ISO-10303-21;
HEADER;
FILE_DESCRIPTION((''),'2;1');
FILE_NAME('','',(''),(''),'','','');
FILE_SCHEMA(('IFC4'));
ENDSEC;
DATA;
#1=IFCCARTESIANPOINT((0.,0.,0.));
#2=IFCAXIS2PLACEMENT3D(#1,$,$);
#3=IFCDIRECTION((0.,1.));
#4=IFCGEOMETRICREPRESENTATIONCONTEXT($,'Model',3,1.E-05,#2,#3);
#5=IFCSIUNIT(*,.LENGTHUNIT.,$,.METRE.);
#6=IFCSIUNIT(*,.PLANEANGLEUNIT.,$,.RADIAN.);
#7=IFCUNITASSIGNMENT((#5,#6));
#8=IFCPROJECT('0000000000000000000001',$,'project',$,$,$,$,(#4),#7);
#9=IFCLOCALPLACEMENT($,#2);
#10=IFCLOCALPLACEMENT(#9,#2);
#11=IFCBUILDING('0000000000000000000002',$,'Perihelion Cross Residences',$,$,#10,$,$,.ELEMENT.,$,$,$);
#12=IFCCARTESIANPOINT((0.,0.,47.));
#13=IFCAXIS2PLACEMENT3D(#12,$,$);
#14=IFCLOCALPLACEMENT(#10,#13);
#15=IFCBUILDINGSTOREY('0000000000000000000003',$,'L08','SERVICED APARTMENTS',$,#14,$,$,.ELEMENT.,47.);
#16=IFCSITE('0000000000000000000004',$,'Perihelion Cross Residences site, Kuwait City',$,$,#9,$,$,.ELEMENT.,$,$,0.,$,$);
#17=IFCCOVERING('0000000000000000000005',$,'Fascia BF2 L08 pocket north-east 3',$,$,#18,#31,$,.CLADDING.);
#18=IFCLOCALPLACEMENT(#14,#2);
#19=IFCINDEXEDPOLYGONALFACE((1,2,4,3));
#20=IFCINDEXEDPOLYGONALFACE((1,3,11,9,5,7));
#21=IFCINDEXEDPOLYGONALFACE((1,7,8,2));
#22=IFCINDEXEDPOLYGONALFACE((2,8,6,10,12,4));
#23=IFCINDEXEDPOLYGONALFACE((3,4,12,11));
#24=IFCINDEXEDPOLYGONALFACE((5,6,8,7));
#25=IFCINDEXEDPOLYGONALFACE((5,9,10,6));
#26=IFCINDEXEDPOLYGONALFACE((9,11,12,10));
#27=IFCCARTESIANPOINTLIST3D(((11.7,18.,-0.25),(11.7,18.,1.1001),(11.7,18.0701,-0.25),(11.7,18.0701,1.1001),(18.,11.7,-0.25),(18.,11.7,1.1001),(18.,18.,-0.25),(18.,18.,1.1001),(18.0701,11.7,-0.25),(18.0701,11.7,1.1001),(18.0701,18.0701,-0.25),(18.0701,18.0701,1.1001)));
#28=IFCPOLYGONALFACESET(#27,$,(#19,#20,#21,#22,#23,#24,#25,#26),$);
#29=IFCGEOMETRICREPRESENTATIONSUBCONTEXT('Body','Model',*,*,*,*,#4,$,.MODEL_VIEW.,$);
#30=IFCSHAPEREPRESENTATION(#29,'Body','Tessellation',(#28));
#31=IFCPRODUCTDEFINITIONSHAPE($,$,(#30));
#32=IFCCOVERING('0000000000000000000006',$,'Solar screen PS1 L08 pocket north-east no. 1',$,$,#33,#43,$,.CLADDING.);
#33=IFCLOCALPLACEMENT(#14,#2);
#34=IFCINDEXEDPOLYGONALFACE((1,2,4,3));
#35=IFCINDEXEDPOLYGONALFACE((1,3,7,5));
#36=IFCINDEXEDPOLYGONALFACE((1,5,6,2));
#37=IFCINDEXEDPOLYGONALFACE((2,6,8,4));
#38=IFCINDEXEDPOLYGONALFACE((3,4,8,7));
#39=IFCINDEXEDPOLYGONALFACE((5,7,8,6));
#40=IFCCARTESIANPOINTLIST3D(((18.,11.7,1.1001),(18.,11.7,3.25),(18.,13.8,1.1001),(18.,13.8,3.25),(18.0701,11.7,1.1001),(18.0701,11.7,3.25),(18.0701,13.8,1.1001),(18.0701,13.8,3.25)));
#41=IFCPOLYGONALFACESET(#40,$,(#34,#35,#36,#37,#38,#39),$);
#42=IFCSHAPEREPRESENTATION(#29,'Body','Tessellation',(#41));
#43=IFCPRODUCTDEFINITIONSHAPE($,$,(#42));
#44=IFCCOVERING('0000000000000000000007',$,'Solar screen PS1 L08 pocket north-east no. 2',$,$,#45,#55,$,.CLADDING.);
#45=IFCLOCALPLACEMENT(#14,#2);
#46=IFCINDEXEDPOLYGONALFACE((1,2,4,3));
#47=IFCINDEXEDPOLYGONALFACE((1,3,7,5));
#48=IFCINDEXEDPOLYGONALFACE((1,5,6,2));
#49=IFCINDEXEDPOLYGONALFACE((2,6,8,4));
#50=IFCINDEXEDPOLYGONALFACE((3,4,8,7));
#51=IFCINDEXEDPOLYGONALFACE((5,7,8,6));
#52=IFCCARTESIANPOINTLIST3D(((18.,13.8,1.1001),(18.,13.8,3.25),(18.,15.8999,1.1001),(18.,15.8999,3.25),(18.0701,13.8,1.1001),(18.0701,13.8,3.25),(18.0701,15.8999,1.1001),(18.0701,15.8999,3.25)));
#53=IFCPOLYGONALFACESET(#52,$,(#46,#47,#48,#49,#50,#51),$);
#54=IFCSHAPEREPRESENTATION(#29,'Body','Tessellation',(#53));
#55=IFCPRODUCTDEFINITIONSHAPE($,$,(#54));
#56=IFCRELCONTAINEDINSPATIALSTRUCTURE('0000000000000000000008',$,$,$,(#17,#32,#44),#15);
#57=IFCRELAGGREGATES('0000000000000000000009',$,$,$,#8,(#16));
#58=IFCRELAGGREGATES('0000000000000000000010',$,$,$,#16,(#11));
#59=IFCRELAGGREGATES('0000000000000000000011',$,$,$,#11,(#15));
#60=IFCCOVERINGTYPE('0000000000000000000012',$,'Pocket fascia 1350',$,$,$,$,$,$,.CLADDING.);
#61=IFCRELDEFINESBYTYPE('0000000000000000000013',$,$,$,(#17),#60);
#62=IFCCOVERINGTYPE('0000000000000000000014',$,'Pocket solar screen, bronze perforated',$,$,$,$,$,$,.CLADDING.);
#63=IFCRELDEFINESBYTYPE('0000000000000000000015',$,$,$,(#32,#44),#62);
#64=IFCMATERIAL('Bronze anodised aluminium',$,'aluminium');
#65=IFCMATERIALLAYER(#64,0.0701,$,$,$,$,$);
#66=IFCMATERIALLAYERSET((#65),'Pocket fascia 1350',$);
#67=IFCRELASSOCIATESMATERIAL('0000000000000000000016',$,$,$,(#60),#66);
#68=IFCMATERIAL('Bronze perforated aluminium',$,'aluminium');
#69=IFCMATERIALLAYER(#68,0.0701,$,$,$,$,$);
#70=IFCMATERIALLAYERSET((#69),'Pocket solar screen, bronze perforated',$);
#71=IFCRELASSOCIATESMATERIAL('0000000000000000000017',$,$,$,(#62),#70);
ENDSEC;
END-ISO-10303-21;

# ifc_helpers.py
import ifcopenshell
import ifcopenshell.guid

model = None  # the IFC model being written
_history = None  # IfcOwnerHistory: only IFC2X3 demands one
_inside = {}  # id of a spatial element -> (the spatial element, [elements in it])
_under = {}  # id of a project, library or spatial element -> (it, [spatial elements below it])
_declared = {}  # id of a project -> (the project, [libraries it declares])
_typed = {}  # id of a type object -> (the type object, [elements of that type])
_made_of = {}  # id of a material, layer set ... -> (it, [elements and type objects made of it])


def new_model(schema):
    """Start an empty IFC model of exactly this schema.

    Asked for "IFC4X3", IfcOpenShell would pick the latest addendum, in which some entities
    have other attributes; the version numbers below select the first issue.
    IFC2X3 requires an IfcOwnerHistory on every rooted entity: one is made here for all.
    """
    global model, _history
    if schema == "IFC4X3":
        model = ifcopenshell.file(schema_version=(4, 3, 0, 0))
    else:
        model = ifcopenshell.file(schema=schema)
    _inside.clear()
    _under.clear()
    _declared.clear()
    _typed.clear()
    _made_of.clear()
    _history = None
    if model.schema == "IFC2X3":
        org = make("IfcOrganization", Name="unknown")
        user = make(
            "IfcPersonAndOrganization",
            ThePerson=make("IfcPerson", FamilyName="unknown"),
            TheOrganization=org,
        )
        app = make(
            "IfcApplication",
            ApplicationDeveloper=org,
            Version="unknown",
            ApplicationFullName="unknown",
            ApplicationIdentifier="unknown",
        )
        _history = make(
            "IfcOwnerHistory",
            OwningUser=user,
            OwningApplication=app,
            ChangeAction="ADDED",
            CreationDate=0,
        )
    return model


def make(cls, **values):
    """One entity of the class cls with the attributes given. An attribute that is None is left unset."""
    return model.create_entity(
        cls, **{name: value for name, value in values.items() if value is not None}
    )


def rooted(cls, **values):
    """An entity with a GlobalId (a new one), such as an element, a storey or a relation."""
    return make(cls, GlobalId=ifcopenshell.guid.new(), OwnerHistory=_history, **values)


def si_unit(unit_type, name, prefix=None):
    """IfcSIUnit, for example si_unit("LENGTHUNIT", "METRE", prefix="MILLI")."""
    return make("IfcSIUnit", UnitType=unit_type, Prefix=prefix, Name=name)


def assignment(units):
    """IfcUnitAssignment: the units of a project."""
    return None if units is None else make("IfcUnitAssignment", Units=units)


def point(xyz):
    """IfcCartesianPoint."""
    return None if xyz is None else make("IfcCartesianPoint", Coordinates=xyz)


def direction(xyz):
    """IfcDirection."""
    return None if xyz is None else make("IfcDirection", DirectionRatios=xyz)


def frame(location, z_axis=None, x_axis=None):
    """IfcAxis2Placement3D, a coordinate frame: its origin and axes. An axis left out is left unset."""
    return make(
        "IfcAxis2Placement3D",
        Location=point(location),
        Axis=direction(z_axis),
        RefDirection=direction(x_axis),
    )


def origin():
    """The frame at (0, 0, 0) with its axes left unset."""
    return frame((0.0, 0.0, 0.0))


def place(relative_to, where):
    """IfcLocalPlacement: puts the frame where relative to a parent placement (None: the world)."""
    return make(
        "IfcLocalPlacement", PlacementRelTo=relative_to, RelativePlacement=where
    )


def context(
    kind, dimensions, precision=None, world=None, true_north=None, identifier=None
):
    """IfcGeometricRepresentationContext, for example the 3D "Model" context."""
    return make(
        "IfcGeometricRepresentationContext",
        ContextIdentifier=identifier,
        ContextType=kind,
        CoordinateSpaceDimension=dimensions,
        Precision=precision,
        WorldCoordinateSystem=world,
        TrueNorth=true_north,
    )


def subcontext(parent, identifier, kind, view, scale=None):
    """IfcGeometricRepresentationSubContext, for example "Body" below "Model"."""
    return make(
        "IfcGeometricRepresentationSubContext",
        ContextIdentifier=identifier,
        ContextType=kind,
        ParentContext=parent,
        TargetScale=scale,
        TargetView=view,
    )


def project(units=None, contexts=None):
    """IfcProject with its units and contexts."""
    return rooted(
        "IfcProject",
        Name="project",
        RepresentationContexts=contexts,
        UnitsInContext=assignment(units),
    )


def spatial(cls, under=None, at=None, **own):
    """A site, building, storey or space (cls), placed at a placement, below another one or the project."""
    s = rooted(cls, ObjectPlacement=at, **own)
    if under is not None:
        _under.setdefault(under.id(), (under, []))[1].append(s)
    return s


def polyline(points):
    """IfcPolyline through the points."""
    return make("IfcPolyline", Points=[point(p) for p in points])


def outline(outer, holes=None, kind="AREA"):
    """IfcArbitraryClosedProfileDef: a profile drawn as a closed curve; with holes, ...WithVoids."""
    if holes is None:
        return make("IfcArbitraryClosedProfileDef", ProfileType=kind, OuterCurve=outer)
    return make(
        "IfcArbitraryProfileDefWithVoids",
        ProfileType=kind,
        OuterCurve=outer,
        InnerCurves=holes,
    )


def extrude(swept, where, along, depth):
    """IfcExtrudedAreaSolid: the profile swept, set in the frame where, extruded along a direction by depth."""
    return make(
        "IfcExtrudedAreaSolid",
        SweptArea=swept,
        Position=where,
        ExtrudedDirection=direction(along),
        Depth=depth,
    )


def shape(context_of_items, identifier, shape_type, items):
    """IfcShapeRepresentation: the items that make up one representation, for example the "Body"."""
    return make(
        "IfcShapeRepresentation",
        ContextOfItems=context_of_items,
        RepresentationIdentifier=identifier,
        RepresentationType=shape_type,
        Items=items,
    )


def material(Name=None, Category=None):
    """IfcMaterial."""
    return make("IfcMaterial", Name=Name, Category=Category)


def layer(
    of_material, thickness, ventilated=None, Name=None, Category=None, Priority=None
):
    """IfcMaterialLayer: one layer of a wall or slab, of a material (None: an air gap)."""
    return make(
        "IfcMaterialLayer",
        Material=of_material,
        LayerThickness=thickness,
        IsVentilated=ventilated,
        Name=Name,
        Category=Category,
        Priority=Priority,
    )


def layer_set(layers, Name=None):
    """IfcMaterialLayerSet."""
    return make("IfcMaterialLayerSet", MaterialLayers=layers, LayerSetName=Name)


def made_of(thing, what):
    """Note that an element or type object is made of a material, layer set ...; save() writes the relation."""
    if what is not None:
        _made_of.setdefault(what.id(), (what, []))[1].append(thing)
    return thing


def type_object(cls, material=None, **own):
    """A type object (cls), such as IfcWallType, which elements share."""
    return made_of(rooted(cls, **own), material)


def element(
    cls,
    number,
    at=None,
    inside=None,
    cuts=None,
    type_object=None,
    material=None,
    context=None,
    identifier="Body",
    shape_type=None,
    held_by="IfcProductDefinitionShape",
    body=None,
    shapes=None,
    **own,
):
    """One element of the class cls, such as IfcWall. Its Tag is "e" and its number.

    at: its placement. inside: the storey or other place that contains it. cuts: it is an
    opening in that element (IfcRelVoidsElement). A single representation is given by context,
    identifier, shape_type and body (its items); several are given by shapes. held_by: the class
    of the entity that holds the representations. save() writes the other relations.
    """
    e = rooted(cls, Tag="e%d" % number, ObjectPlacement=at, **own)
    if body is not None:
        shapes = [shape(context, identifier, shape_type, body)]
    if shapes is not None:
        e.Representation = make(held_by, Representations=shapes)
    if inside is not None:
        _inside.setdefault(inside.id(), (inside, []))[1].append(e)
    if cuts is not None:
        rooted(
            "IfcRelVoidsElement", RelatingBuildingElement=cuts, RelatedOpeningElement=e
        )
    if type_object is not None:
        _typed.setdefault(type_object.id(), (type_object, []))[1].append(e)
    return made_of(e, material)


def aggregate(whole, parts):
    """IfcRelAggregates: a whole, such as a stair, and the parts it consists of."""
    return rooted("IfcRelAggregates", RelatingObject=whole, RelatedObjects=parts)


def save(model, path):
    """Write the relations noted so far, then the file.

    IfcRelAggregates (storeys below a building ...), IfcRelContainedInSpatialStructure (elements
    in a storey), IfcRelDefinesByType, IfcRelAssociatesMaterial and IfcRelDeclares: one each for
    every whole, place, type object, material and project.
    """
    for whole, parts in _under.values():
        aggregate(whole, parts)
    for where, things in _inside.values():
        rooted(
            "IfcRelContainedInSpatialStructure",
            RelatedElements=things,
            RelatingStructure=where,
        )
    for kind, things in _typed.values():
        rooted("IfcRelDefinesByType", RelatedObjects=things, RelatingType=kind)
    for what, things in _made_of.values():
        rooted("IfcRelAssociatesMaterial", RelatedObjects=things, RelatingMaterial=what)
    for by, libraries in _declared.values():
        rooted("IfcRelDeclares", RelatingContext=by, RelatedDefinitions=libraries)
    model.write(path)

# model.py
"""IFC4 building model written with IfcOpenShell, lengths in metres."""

from ifc_helpers import new_model, si_unit, direction, frame, origin, place, context, subcontext, project, spatial, polyline, outline, extrude, material, layer, layer_set, type_object, element, save


model = new_model("IFC4")

# Units and contexts
model_context = context("Model", 3, precision=1e-05, world=origin(), true_north=direction((0.0, 1.0)))
body_context = subcontext(model_context, "Body", "Model", "MODEL_VIEW")
ifc_project = project(units=[si_unit("LENGTHUNIT", "METRE"), si_unit("PLANEANGLEUNIT", "RADIAN")], contexts=[model_context])

# Site, building, storey
site_placement = place(None, origin())
site = spatial("IfcSite", under=ifc_project, at=site_placement, Name="Perihelion Cross Residences site, Kuwait City", CompositionType="ELEMENT", RefElevation=0.0)
building_placement = place(site_placement, origin())
building = spatial("IfcBuilding", under=site, at=building_placement, Name="Perihelion Cross Residences", CompositionType="ELEMENT")
storey_placement = place(building_placement, frame((0.0, 0.0, 47.0)))
storey = spatial("IfcBuildingStorey", under=building, at=storey_placement, Name="L08", Description="SERVICED APARTMENTS", CompositionType="ELEMENT", Elevation=47.0)

# Coverings
ifc_material_1 = material(Name="Bronze anodised aluminium", Category="aluminium")
ifc_layer_1 = layer(ifc_material_1, 0.0701)
ifc_layer_set_1 = layer_set([ifc_layer_1], Name="Pocket fascia 1350")
covering_type_1 = type_object("IfcCoveringType", Name="Pocket fascia 1350", PredefinedType="CLADDING", material=ifc_layer_set_1)
covering_1_placement = place(storey_placement, frame((0.0, 0.0, -0.25)))
element("IfcCovering", 1, at=covering_1_placement, inside=storey, type_object=covering_type_1, Name="Fascia BF2 L08 pocket north-east 3", PredefinedType="CLADDING", context=body_context, shape_type="SweptSolid", body=[
    extrude(outline(polyline([(18.0701, 18.0701), (11.7, 18.0701), (11.7, 18.0), (18.0, 18.0), (18.0, 11.7), (18.0701, 11.7), (18.0701, 18.0701)])), origin(), (0.0, 0.0, 1.0), 1.3501),
])
ifc_material_2 = material(Name="Bronze perforated aluminium", Category="aluminium")
ifc_layer_2 = layer(ifc_material_2, 0.0701)
ifc_layer_set_2 = layer_set([ifc_layer_2], Name="Pocket solar screen, bronze perforated")
covering_type_2 = type_object("IfcCoveringType", Name="Pocket solar screen, bronze perforated", PredefinedType="CLADDING", material=ifc_layer_set_2)
covering_2_placement = place(storey_placement, frame((0.0, 0.0, 1.1001)))
element("IfcCovering", 2, at=covering_2_placement, inside=storey, type_object=covering_type_2, Name="Solar screen PS1 L08 pocket north-east no. 1", PredefinedType="CLADDING", context=body_context, shape_type="SweptSolid", body=[
    extrude(outline(polyline([(18.0701, 11.7), (18.0701, 13.8), (18.0, 13.8), (18.0, 11.7), (18.0701, 11.7)])), origin(), (0.0, 0.0, 1.0), 2.1499),
])
covering_3_placement = place(storey_placement, frame((0.0, 0.0, 1.1001)))
element("IfcCovering", 3, at=covering_3_placement, inside=storey, type_object=covering_type_2, Name="Solar screen PS1 L08 pocket north-east no. 2", PredefinedType="CLADDING", context=body_context, shape_type="SweptSolid", body=[
    extrude(outline(polyline([(18.0701, 13.8), (18.0701, 15.8999), (18.0, 15.8999), (18.0, 13.8), (18.0701, 13.8)])), origin(), (0.0, 0.0, 1.0), 2.1499),
])

save(model, "model.ifc")
